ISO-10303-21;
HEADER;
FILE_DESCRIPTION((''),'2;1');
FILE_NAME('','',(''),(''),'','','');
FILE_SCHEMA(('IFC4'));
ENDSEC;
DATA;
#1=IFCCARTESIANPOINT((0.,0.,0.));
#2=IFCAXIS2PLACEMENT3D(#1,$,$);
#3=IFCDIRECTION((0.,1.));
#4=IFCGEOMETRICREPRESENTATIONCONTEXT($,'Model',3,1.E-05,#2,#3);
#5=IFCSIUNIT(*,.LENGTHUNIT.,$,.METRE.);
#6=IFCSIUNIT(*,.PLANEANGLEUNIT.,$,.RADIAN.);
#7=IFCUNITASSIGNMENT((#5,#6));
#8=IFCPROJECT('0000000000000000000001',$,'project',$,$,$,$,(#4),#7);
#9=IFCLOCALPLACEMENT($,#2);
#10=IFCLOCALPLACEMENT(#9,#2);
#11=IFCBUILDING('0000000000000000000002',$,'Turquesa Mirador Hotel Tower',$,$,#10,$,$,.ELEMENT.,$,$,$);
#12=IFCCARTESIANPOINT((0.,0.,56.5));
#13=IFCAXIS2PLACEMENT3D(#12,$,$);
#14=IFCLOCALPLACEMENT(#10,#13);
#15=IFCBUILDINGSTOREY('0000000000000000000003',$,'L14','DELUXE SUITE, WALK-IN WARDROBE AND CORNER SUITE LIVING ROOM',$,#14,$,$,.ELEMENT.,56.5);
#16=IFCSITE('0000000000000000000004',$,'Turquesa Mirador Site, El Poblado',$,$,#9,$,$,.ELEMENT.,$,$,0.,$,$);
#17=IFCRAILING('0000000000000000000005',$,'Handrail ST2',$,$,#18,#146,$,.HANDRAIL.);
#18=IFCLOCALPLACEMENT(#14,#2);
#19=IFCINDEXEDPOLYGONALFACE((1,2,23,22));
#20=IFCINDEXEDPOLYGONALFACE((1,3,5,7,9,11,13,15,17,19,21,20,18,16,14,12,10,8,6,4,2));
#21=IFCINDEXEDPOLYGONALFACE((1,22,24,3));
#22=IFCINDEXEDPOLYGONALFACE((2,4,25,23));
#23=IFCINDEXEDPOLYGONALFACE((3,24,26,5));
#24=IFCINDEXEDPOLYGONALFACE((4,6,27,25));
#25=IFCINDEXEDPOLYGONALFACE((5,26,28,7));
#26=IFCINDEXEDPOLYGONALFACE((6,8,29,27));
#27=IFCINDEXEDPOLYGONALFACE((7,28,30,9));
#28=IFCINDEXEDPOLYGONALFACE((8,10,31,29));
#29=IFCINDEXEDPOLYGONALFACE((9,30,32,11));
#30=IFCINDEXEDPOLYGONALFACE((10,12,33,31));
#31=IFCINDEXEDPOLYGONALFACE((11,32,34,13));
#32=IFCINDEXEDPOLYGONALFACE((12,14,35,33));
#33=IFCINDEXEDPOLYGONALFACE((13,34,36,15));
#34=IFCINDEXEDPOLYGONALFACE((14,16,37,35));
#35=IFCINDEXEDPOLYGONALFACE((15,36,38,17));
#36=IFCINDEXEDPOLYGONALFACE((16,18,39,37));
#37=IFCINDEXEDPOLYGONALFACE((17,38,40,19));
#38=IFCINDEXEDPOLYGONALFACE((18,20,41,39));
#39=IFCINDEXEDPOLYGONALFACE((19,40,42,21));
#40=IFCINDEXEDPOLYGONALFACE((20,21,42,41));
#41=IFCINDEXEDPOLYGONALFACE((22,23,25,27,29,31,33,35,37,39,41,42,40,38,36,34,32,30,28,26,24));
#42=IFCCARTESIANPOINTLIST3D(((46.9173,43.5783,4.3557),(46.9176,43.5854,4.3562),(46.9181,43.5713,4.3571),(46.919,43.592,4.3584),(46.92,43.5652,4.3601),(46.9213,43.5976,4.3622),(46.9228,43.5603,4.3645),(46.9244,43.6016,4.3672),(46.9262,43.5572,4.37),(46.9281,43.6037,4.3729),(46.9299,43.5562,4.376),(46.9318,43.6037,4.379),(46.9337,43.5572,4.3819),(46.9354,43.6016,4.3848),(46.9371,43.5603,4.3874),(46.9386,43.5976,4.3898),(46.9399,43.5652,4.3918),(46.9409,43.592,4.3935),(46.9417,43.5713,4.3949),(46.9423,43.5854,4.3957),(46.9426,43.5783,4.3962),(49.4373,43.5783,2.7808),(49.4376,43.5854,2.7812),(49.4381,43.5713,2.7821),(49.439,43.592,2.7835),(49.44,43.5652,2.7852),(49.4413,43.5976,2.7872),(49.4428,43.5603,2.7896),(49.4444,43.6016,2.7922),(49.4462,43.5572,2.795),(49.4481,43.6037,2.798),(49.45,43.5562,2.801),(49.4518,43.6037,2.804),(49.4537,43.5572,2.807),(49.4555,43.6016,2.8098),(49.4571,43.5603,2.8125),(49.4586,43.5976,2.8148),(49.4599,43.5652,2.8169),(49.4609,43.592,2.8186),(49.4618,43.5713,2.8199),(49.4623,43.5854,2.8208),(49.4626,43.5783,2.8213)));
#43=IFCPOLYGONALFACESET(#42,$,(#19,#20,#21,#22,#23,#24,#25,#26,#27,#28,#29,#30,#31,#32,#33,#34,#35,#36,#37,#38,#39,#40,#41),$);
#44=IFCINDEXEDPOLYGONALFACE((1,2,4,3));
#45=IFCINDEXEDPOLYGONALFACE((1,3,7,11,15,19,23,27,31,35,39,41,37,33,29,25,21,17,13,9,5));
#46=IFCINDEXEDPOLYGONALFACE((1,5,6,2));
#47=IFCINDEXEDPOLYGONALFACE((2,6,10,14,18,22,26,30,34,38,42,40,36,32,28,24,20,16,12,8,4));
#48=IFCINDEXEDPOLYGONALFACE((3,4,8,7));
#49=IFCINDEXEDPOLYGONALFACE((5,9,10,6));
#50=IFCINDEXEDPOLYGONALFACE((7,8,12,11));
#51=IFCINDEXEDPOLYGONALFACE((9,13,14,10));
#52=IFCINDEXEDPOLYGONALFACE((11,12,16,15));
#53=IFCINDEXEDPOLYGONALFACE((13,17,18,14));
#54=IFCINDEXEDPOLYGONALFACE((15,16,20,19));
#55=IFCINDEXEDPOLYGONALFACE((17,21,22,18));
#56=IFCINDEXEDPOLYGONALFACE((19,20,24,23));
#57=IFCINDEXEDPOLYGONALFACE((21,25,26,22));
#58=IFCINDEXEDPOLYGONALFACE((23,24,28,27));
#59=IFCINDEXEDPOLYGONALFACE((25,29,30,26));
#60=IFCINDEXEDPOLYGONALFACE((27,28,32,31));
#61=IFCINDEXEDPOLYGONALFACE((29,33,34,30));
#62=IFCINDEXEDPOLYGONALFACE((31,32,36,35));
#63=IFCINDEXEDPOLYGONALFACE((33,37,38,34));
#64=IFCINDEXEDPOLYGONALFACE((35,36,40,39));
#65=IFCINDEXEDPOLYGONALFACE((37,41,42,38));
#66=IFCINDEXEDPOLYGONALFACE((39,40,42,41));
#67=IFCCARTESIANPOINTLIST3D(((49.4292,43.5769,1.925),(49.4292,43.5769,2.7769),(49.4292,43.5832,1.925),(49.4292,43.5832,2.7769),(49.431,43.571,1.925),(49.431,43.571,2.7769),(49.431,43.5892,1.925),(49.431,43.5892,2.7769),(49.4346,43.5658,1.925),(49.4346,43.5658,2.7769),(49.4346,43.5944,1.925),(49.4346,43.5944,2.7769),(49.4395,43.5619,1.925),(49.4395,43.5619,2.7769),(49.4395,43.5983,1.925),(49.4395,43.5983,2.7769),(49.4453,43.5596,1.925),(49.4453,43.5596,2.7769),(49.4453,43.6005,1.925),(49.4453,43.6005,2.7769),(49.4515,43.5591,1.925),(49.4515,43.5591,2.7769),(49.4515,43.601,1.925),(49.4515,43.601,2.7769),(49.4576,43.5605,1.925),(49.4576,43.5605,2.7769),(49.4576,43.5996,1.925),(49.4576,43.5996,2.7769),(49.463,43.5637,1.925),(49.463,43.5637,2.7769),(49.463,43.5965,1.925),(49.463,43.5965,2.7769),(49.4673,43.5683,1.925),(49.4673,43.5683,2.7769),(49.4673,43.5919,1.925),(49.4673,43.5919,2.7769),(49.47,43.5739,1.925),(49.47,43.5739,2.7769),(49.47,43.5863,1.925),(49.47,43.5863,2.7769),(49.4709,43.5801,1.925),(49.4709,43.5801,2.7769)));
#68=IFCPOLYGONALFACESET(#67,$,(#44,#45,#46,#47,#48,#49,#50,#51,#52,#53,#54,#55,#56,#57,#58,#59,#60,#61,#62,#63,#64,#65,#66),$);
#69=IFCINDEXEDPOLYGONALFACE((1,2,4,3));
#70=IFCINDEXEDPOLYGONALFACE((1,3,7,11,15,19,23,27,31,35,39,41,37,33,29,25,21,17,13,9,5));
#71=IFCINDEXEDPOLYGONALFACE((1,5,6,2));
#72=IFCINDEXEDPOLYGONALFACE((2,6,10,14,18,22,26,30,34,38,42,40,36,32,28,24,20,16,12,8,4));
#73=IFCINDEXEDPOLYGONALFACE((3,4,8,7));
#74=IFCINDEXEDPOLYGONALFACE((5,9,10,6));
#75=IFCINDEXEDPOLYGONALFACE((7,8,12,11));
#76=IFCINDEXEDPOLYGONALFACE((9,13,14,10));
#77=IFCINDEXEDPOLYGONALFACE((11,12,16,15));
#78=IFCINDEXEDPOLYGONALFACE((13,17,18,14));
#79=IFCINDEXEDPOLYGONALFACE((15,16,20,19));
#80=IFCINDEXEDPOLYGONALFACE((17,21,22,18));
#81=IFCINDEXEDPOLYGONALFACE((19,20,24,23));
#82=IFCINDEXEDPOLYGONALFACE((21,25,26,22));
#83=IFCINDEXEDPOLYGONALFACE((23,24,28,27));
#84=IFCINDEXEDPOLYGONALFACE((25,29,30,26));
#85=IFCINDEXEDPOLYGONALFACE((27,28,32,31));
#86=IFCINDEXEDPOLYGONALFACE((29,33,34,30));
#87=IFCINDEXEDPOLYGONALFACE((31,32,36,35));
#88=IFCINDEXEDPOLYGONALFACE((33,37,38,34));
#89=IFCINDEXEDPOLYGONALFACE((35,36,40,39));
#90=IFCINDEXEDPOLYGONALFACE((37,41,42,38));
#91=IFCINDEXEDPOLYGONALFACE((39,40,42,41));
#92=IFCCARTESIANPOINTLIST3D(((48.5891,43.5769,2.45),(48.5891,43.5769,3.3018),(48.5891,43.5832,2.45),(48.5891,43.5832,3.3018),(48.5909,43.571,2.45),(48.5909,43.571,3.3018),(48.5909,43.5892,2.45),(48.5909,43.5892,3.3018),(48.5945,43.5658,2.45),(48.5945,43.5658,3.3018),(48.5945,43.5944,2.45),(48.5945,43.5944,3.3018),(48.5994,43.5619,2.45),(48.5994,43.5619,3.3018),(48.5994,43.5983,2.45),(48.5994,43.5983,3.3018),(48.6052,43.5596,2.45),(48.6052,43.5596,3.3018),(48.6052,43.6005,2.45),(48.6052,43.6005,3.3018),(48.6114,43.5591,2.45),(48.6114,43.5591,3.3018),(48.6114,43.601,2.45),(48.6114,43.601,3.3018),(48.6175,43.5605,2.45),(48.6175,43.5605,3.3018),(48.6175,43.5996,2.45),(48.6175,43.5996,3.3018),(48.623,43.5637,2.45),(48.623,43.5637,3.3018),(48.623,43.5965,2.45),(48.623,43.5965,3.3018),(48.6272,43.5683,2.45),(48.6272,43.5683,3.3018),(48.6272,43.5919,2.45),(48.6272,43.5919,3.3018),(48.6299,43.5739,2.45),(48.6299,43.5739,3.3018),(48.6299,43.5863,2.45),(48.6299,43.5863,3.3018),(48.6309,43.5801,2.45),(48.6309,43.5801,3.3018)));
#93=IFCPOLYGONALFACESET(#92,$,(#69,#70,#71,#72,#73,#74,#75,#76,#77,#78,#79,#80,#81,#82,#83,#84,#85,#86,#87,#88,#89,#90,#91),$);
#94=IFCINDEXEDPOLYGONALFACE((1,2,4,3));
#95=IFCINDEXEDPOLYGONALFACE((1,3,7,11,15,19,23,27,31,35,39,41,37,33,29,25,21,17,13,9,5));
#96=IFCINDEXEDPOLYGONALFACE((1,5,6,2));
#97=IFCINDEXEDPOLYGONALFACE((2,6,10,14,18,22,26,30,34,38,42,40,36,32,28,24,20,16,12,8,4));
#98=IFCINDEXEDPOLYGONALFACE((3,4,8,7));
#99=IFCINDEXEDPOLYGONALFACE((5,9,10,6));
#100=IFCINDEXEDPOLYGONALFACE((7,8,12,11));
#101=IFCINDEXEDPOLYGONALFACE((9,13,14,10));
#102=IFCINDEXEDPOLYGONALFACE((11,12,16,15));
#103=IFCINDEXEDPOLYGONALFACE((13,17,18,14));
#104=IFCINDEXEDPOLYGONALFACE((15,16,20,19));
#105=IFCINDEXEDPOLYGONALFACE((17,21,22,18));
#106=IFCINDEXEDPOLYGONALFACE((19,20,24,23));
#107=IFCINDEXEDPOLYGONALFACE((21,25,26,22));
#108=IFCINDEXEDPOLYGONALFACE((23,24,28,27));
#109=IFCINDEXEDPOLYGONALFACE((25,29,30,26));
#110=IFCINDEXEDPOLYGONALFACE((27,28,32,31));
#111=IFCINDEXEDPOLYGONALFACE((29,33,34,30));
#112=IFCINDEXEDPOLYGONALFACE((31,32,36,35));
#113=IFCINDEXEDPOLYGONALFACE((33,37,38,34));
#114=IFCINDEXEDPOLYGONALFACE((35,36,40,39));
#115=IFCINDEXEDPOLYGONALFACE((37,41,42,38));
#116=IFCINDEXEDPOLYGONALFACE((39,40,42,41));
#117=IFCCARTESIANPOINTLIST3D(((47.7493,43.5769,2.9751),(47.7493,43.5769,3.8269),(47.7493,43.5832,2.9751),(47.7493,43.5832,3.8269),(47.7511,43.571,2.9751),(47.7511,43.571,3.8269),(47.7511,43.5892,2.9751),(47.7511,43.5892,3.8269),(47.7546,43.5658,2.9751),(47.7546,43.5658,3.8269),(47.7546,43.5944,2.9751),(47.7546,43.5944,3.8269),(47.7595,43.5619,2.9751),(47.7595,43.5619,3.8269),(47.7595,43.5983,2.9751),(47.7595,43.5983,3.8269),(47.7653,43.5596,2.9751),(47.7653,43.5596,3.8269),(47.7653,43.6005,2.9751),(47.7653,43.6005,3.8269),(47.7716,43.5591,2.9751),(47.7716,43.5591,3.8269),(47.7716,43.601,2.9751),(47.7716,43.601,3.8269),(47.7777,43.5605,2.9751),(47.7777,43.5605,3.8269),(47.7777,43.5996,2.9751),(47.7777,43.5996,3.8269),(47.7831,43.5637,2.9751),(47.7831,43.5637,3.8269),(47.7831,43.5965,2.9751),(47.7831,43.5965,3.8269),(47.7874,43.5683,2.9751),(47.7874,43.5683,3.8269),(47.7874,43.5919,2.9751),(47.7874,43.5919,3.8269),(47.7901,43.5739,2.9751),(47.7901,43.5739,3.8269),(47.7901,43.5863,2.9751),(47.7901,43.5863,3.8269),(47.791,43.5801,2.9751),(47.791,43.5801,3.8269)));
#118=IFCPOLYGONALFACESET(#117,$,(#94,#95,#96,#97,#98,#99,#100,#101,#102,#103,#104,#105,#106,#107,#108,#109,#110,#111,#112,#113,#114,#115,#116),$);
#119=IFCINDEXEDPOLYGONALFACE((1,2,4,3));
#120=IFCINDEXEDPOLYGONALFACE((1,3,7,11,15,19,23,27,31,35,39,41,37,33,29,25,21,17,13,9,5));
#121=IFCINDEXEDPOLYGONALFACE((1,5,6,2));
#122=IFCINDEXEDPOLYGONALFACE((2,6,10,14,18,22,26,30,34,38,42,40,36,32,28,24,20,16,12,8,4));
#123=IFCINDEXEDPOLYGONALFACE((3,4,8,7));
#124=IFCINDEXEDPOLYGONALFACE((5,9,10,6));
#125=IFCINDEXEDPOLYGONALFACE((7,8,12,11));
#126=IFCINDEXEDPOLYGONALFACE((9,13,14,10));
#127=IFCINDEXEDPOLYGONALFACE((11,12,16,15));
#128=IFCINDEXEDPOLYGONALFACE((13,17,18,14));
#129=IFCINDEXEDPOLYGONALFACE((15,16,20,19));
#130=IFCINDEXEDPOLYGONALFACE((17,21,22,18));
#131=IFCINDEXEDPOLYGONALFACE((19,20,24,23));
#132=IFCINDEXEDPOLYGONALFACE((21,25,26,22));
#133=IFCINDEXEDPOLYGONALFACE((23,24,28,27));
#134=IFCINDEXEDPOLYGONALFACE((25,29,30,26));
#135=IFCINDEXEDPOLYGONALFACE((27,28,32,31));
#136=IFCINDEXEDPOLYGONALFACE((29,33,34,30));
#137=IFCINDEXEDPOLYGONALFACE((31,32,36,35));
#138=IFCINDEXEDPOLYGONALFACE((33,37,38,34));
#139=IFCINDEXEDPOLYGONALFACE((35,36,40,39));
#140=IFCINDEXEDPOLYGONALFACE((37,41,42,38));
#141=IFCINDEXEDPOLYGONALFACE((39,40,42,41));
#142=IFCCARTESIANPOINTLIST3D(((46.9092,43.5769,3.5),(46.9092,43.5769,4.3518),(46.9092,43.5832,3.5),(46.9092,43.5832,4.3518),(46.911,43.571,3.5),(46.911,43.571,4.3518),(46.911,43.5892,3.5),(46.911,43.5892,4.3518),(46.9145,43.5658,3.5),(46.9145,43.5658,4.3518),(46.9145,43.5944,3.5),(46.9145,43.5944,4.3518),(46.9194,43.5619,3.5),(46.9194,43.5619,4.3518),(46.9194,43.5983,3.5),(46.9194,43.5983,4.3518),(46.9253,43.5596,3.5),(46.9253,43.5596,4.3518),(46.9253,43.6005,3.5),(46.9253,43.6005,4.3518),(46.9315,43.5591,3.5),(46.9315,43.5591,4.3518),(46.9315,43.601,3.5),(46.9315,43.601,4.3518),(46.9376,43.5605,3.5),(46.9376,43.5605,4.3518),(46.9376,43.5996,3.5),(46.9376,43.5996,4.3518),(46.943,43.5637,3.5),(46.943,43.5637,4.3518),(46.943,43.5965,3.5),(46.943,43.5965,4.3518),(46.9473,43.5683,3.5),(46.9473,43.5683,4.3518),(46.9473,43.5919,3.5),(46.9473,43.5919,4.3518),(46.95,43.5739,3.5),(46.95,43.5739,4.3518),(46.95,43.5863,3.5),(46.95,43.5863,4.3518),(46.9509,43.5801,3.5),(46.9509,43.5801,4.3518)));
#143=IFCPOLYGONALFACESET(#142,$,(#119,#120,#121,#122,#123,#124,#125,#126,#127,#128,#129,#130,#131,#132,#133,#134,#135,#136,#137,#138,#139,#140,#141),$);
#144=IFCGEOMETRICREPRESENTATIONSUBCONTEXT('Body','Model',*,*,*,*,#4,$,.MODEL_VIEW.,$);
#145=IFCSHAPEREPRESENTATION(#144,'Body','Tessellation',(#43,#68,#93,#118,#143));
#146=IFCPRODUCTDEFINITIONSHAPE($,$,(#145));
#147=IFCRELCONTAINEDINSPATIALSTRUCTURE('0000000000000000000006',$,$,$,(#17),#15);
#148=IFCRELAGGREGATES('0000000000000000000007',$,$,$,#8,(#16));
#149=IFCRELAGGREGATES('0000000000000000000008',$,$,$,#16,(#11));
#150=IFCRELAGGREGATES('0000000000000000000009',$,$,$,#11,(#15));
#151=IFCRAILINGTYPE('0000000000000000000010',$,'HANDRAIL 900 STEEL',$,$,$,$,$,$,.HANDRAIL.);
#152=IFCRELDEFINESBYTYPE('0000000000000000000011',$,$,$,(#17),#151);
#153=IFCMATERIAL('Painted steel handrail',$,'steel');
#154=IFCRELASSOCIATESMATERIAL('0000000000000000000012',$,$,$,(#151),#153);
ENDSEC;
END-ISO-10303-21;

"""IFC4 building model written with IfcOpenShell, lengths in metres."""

from ifc_helpers import new_model, si_unit, direction, frame, origin, origin_2d, place, context, subcontext, project, spatial, circle, extrude, material, type_object, element, save


model = new_model("IFC4")

# Units and contexts
model_context = context("Model", 3, precision=1e-05, world=origin(), true_north=direction((0.0, 1.0)))
body_context = subcontext(model_context, "Body", "Model", "MODEL_VIEW")
ifc_project = project(units=[si_unit("LENGTHUNIT", "METRE"), si_unit("PLANEANGLEUNIT", "RADIAN")], contexts=[model_context])

# Site, building, storey
site_placement = place(None, origin())
site = spatial("IfcSite", under=ifc_project, at=site_placement, Name="Turquesa Mirador Site, El Poblado", CompositionType="ELEMENT", RefElevation=0.0)
building_placement = place(site_placement, origin())
building = spatial("IfcBuilding", under=site, at=building_placement, Name="Turquesa Mirador Hotel Tower", CompositionType="ELEMENT")
storey_placement = place(building_placement, frame((0.0, 0.0, 56.5)))
storey = spatial("IfcBuildingStorey", under=building, at=storey_placement, Name="L14", Description="DELUXE SUITE, WALK-IN WARDROBE AND CORNER SUITE LIVING ROOM", CompositionType="ELEMENT", Elevation=56.5)

# Railing
ifc_material_1 = material(Name="Painted steel handrail", Category="steel")
railing_type = type_object("IfcRailingType", Name="HANDRAIL 900 STEEL", PredefinedType="HANDRAIL", material=ifc_material_1)
railing_1_placement = place(storey_placement, frame((49.45, 43.5801, 1.925)))
element("IfcRailing", 1, at=railing_1_placement, inside=storey, type_object=railing_type, Name="Handrail ST2", PredefinedType="HANDRAIL", context=body_context, shape_type="SweptSolid", body=[
    extrude(circle(Radius=0.0239, at=origin_2d()), frame((0.0, 0.0, 0.876), z_axis=(-0.848008, 0.0, 0.529984), x_axis=(0.0, -1.0, 0.0)), (0.0, 0.0, 1.0), 2.9717),
    extrude(circle(Radius=0.021, at=origin_2d()), origin(), (0.0, 0.0, 1.0), 0.8518),
    extrude(circle(Radius=0.021, at=origin_2d()), frame((-0.8401, 0.0, 0.5249)), (0.0, 0.0, 1.0), 0.8518),
    extrude(circle(Radius=0.021, at=origin_2d()), frame((-1.6799, 0.0, 1.05)), (0.0, 0.0, 1.0), 0.8518),
    extrude(circle(Radius=0.021, at=origin_2d()), frame((-2.52, 0.0, 1.575)), (0.0, 0.0, 1.0), 0.8518),
])

save(model, "model.ifc")
